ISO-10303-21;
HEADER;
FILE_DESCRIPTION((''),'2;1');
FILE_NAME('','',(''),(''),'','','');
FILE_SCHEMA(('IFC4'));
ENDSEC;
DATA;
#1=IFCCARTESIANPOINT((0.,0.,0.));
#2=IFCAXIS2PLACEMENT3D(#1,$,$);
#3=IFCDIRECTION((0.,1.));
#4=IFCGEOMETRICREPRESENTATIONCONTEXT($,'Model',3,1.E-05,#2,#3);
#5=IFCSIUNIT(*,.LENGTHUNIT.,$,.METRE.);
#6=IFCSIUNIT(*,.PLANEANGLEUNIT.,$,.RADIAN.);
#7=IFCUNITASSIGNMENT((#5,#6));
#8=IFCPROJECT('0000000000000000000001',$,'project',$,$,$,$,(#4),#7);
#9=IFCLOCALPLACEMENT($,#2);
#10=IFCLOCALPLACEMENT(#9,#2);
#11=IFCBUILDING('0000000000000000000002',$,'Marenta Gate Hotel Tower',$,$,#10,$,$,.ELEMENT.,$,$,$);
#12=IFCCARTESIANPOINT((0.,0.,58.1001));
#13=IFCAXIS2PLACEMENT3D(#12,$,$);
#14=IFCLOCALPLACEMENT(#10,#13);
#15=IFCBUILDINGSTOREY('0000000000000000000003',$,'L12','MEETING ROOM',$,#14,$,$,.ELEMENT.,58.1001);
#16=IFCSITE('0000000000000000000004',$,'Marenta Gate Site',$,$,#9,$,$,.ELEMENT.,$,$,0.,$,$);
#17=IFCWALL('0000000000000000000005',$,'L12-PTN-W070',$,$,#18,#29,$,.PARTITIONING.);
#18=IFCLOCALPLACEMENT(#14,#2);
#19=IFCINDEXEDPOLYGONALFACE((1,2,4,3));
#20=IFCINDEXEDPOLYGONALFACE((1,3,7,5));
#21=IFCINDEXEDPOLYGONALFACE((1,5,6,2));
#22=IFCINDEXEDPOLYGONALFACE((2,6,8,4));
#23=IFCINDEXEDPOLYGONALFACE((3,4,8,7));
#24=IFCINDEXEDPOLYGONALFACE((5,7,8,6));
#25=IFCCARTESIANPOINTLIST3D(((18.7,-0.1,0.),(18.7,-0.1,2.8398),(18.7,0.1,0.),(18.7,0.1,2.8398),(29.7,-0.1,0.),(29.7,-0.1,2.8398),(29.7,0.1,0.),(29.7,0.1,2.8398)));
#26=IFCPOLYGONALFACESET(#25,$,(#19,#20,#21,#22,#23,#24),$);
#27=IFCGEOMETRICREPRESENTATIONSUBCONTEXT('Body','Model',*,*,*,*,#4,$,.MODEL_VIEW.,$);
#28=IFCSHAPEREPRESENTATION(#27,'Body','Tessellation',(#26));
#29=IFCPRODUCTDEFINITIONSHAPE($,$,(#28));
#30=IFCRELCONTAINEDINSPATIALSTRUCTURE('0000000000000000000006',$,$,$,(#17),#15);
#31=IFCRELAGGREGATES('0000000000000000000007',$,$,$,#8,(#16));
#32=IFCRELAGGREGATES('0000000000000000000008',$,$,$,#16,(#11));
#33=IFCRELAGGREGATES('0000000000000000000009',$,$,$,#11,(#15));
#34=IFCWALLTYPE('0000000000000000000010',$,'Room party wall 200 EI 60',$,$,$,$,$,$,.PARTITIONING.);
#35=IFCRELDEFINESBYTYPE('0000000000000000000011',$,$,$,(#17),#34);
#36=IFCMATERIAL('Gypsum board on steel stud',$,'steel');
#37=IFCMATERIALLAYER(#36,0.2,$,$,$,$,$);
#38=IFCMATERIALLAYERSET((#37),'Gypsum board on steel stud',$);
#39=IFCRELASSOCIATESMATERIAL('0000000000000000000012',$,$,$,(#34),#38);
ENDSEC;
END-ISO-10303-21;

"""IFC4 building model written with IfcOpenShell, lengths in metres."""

from ifc_helpers import new_model, si_unit, direction, frame, frame_2d, origin, place, context, subcontext, project, spatial, rectangle, extrude, material, layer, layer_set, type_object, element, save


model = new_model("IFC4")

# Units and contexts
model_context = context("Model", 3, precision=1e-05, world=origin(), true_north=direction((0.0, 1.0)))
body_context = subcontext(model_context, "Body", "Model", "MODEL_VIEW")
ifc_project = project(units=[si_unit("LENGTHUNIT", "METRE"), si_unit("PLANEANGLEUNIT", "RADIAN")], contexts=[model_context])

# Site, building, storey
site_placement = place(None, origin())
site = spatial("IfcSite", under=ifc_project, at=site_placement, Name="Marenta Gate Site", CompositionType="ELEMENT", RefElevation=0.0)
building_placement = place(site_placement, origin())
building = spatial("IfcBuilding", under=site, at=building_placement, Name="Marenta Gate Hotel Tower", CompositionType="ELEMENT")
storey_placement = place(building_placement, frame((0.0, 0.0, 58.1001)))
storey = spatial("IfcBuildingStorey", under=building, at=storey_placement, Name="L12", Description="MEETING ROOM", CompositionType="ELEMENT", Elevation=58.1001)

# Wall
ifc_material_1 = material(Name="Gypsum board on steel stud", Category="steel")
ifc_layer_1 = layer(ifc_material_1, 0.2)
ifc_layer_set_1 = layer_set([ifc_layer_1], Name="Gypsum board on steel stud")
wall_type_1 = type_object("IfcWallType", Name="Room party wall 200 EI 60", PredefinedType="PARTITIONING", material=ifc_layer_set_1)
wall_1_placement = place(storey_placement, frame((18.7, 0.0, 0.0), z_axis=(0.0, 0.0, 1.0), x_axis=(1.0, 0.0, 0.0)))
element("IfcWall", 1, at=wall_1_placement, inside=storey, type_object=wall_type_1, Name="L12-PTN-W070", PredefinedType="PARTITIONING", context=body_context, shape_type="SweptSolid", body=[
    extrude(rectangle(XDim=11.0, YDim=0.2, at=frame_2d((5.5, 0.0))), origin(), (0.0, 0.0, 1.0), 2.8398),
])

save(model, "model.ifc")
